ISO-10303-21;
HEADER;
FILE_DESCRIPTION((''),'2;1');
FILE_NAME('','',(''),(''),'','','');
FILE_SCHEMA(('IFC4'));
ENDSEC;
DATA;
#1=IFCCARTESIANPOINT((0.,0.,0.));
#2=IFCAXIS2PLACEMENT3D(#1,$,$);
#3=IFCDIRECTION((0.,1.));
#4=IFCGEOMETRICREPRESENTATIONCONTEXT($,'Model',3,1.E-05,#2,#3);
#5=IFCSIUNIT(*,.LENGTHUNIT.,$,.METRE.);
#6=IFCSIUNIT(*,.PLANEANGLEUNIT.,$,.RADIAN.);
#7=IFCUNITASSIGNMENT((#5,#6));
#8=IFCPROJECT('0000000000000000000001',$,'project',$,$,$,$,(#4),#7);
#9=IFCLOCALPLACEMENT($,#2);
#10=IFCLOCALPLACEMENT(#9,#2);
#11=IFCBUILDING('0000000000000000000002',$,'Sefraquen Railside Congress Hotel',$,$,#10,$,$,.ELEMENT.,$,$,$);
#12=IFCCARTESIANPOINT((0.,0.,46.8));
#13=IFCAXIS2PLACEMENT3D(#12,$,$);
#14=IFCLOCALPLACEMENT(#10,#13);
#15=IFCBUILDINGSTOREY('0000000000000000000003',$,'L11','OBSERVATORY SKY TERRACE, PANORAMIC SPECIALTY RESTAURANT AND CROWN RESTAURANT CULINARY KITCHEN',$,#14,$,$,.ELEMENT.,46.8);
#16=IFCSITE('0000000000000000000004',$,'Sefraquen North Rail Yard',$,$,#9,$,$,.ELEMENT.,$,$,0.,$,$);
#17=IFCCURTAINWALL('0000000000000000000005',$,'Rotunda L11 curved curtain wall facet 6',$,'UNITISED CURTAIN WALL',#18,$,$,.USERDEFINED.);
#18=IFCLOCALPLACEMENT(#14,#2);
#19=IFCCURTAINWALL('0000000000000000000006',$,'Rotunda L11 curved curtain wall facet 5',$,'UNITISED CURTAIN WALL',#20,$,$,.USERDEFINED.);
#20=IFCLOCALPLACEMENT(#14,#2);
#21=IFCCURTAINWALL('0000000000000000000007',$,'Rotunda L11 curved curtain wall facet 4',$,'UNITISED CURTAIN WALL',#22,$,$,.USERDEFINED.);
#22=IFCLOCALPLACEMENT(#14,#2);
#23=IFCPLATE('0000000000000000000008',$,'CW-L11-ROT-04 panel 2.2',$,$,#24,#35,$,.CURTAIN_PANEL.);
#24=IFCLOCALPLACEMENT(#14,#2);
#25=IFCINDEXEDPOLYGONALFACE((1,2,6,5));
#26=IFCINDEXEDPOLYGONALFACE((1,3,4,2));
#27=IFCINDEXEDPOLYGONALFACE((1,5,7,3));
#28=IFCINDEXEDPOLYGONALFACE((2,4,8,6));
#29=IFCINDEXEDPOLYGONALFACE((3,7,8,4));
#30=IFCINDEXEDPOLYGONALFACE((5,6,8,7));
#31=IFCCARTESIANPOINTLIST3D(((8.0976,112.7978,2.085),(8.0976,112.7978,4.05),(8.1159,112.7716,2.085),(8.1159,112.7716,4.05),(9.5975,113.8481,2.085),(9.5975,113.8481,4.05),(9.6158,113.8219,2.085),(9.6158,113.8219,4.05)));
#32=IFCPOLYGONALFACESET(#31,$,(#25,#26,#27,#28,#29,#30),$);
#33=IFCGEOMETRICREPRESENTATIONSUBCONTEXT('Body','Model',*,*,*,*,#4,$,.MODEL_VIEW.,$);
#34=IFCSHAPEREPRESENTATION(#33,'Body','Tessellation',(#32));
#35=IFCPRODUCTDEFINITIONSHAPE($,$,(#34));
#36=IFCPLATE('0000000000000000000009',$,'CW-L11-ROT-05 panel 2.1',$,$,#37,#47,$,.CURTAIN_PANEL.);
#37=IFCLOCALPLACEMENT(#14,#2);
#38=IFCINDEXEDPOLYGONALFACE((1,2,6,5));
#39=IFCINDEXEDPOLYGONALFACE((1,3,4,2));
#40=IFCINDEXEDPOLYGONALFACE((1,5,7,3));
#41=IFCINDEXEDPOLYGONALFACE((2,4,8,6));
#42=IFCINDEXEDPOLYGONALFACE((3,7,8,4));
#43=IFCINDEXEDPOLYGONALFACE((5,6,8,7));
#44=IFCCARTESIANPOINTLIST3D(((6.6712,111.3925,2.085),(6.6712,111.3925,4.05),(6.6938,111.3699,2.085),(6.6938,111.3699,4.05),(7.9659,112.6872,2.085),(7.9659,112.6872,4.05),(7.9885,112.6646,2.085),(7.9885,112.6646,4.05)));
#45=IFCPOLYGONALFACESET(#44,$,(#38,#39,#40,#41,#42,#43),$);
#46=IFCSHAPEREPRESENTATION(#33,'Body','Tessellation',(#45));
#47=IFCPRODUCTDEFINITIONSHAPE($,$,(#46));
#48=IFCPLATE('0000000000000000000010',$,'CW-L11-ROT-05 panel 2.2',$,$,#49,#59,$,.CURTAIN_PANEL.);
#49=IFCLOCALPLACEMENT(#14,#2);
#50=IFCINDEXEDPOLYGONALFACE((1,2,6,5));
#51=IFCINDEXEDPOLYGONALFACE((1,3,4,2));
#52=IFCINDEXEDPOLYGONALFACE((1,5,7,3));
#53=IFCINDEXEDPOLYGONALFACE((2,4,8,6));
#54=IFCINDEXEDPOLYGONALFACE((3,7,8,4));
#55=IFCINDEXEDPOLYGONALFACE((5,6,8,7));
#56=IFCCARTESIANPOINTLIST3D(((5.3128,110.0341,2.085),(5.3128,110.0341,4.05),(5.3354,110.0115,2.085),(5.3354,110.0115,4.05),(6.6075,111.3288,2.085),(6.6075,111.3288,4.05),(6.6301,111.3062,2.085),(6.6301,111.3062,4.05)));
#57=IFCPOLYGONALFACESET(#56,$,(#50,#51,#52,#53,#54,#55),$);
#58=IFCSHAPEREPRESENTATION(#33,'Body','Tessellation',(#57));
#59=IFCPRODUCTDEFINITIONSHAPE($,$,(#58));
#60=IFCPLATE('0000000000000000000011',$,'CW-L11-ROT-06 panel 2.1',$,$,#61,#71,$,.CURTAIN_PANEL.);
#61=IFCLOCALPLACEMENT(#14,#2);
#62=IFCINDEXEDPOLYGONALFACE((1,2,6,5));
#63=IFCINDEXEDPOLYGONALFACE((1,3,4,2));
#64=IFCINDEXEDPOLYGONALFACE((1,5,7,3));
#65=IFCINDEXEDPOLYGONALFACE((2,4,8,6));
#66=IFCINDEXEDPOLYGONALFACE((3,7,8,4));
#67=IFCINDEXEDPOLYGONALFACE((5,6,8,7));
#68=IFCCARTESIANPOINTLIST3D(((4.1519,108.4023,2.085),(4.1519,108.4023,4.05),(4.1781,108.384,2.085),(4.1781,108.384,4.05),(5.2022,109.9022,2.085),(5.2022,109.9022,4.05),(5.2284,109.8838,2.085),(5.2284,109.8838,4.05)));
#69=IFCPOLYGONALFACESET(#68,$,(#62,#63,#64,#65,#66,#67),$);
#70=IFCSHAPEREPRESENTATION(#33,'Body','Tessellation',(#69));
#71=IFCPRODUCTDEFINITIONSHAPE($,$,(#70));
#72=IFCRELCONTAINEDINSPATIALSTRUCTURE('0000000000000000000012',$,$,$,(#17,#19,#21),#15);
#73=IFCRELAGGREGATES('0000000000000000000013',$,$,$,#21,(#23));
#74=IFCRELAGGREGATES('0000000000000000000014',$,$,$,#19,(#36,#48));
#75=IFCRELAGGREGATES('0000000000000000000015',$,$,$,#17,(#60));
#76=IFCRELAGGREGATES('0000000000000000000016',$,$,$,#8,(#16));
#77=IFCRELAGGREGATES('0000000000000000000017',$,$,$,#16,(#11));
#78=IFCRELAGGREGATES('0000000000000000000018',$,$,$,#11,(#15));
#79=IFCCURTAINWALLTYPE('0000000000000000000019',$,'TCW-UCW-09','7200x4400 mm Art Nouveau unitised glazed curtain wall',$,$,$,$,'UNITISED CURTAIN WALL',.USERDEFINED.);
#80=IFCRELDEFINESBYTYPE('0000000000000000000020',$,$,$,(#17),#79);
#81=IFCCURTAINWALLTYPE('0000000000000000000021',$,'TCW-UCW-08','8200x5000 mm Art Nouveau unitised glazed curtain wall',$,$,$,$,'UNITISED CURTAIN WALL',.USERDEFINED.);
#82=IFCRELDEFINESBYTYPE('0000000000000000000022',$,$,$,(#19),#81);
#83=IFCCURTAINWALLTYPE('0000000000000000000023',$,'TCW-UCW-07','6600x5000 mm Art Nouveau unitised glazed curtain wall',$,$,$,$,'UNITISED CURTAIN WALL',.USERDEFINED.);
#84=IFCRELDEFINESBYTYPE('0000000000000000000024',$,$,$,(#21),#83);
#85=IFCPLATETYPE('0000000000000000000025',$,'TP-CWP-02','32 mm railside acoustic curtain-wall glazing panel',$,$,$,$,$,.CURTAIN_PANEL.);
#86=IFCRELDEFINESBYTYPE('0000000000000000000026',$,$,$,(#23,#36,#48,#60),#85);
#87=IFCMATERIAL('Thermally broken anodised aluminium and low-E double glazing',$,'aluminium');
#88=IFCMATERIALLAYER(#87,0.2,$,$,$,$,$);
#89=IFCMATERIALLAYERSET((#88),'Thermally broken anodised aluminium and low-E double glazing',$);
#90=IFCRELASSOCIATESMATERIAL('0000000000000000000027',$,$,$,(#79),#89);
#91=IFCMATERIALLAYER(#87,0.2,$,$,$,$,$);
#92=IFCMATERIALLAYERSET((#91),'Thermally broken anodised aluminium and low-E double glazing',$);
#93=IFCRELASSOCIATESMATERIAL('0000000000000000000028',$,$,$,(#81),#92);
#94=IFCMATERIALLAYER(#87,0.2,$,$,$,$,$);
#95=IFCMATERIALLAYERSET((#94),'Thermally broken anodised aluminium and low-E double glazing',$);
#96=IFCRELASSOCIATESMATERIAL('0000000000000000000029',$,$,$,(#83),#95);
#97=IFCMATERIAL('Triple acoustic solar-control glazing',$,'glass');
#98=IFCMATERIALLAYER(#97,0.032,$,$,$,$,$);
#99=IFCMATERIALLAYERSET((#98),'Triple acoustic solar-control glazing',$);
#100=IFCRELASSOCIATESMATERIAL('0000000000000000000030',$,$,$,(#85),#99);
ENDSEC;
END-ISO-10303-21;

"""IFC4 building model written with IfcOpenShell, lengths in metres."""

from ifc_helpers import new_model, si_unit, direction, frame, origin, origin_2d, place, context, subcontext, project, spatial, rectangle, extrude, material, layer, layer_set, type_object, element, aggregate, save


model = new_model("IFC4")

# Units and contexts
model_context = context("Model", 3, precision=1e-05, world=origin(), true_north=direction((0.0, 1.0)))
body_context = subcontext(model_context, "Body", "Model", "MODEL_VIEW")
ifc_project = project(units=[si_unit("LENGTHUNIT", "METRE"), si_unit("PLANEANGLEUNIT", "RADIAN")], contexts=[model_context])

# Site, building, storey
site_placement = place(None, origin())
site = spatial("IfcSite", under=ifc_project, at=site_placement, Name="Sefraquen North Rail Yard", CompositionType="ELEMENT", RefElevation=0.0)
building_placement = place(site_placement, origin())
building = spatial("IfcBuilding", under=site, at=building_placement, Name="Sefraquen Railside Congress Hotel", CompositionType="ELEMENT")
storey_placement = place(building_placement, frame((0.0, 0.0, 46.8)))
storey = spatial("IfcBuildingStorey", under=building, at=storey_placement, Name="L11", Description="OBSERVATORY SKY TERRACE, PANORAMIC SPECIALTY RESTAURANT AND CROWN RESTAURANT CULINARY KITCHEN", CompositionType="ELEMENT", Elevation=46.8)

# Curtain walls
ifc_material_1 = material(Name="Thermally broken anodised aluminium and low-E double glazing", Category="aluminium")
ifc_layer_1 = layer(ifc_material_1, 0.2)
ifc_layer_set_1 = layer_set([ifc_layer_1], Name="Thermally broken anodised aluminium and low-E double glazing")
curtain_wall_type_1 = type_object("IfcCurtainWallType", Name="TCW-UCW-09", Description="7200x4400 mm Art Nouveau unitised glazed curtain wall", ElementType="UNITISED CURTAIN WALL", PredefinedType="USERDEFINED", material=ifc_layer_set_1)
curtain_wall_1_placement = place(storey_placement, origin())
curtain_wall_1 = element("IfcCurtainWall", 1, at=curtain_wall_1_placement, inside=storey, type_object=curtain_wall_type_1, Name="Rotunda L11 curved curtain wall facet 6", ObjectType="UNITISED CURTAIN WALL", PredefinedType="USERDEFINED")
ifc_layer_2 = layer(ifc_material_1, 0.2)
ifc_layer_set_2 = layer_set([ifc_layer_2], Name="Thermally broken anodised aluminium and low-E double glazing")
curtain_wall_type_2 = type_object("IfcCurtainWallType", Name="TCW-UCW-08", Description="8200x5000 mm Art Nouveau unitised glazed curtain wall", ElementType="UNITISED CURTAIN WALL", PredefinedType="USERDEFINED", material=ifc_layer_set_2)
curtain_wall_2_placement = place(storey_placement, origin())
curtain_wall_2 = element("IfcCurtainWall", 2, at=curtain_wall_2_placement, inside=storey, type_object=curtain_wall_type_2, Name="Rotunda L11 curved curtain wall facet 5", ObjectType="UNITISED CURTAIN WALL", PredefinedType="USERDEFINED")
ifc_layer_3 = layer(ifc_material_1, 0.2)
ifc_layer_set_3 = layer_set([ifc_layer_3], Name="Thermally broken anodised aluminium and low-E double glazing")
curtain_wall_type_3 = type_object("IfcCurtainWallType", Name="TCW-UCW-07", Description="6600x5000 mm Art Nouveau unitised glazed curtain wall", ElementType="UNITISED CURTAIN WALL", PredefinedType="USERDEFINED", material=ifc_layer_set_3)
curtain_wall_3_placement = place(storey_placement, origin())
curtain_wall_3 = element("IfcCurtainWall", 3, at=curtain_wall_3_placement, inside=storey, type_object=curtain_wall_type_3, Name="Rotunda L11 curved curtain wall facet 4", ObjectType="UNITISED CURTAIN WALL", PredefinedType="USERDEFINED")

# Plates
ifc_material_2 = material(Name="Triple acoustic solar-control glazing", Category="glass")
ifc_layer_4 = layer(ifc_material_2, 0.032)
ifc_layer_set_4 = layer_set([ifc_layer_4], Name="Triple acoustic solar-control glazing")
plate_type_1 = type_object("IfcPlateType", Name="TP-CWP-02", Description="32 mm railside acoustic curtain-wall glazing panel", PredefinedType="CURTAIN_PANEL", material=ifc_layer_set_4)
plate_1_placement = place(storey_placement, frame((8.8567, 113.3098, 2.085), z_axis=(0.0, 0.0, 1.0), x_axis=(-0.819132, -0.573605, 0.0)))
plate_1 = element("IfcPlate", 4, at=plate_1_placement, type_object=plate_type_1, Name="CW-L11-ROT-04 panel 2.2", PredefinedType="CURTAIN_PANEL", context=body_context, shape_type="SweptSolid", body=[
    extrude(rectangle(XDim=1.8311, YDim=0.032, at=origin_2d()), origin(), (0.0, 0.0, 1.0), 1.9651),
])
aggregate(curtain_wall_3, [plate_1])
plate_2_placement = place(storey_placement, frame((7.3298, 112.0286, 2.085), z_axis=(0.0, 0.0, 1.0), x_axis=(-0.707107, -0.707107, 0.0)))
plate_2 = element("IfcPlate", 5, at=plate_2_placement, type_object=plate_type_1, Name="CW-L11-ROT-05 panel 2.1", PredefinedType="CURTAIN_PANEL", context=body_context, shape_type="SweptSolid", body=[
    extrude(rectangle(XDim=1.8311, YDim=0.032, at=origin_2d()), origin(), (0.0, 0.0, 1.0), 1.9651),
])
plate_3_placement = place(storey_placement, frame((5.9714, 110.6702, 2.085), z_axis=(0.0, 0.0, 1.0), x_axis=(-0.707107, -0.707107, 0.0)))
plate_3 = element("IfcPlate", 6, at=plate_3_placement, type_object=plate_type_1, Name="CW-L11-ROT-05 panel 2.2", PredefinedType="CURTAIN_PANEL", context=body_context, shape_type="SweptSolid", body=[
    extrude(rectangle(XDim=1.8311, YDim=0.032, at=origin_2d()), origin(), (0.0, 0.0, 1.0), 1.9651),
])
aggregate(curtain_wall_2, [plate_2, plate_3])
plate_4_placement = place(storey_placement, frame((4.6902, 109.1431, 2.085), z_axis=(0.0, 0.0, 1.0), x_axis=(-0.573605, -0.819132, 0.0)))
plate_4 = element("IfcPlate", 7, at=plate_4_placement, type_object=plate_type_1, Name="CW-L11-ROT-06 panel 2.1", PredefinedType="CURTAIN_PANEL", context=body_context, shape_type="SweptSolid", body=[
    extrude(rectangle(XDim=1.8311, YDim=0.032, at=origin_2d()), origin(), (0.0, 0.0, 1.0), 1.9651),
])
aggregate(curtain_wall_1, [plate_4])

save(model, "model.ifc")
